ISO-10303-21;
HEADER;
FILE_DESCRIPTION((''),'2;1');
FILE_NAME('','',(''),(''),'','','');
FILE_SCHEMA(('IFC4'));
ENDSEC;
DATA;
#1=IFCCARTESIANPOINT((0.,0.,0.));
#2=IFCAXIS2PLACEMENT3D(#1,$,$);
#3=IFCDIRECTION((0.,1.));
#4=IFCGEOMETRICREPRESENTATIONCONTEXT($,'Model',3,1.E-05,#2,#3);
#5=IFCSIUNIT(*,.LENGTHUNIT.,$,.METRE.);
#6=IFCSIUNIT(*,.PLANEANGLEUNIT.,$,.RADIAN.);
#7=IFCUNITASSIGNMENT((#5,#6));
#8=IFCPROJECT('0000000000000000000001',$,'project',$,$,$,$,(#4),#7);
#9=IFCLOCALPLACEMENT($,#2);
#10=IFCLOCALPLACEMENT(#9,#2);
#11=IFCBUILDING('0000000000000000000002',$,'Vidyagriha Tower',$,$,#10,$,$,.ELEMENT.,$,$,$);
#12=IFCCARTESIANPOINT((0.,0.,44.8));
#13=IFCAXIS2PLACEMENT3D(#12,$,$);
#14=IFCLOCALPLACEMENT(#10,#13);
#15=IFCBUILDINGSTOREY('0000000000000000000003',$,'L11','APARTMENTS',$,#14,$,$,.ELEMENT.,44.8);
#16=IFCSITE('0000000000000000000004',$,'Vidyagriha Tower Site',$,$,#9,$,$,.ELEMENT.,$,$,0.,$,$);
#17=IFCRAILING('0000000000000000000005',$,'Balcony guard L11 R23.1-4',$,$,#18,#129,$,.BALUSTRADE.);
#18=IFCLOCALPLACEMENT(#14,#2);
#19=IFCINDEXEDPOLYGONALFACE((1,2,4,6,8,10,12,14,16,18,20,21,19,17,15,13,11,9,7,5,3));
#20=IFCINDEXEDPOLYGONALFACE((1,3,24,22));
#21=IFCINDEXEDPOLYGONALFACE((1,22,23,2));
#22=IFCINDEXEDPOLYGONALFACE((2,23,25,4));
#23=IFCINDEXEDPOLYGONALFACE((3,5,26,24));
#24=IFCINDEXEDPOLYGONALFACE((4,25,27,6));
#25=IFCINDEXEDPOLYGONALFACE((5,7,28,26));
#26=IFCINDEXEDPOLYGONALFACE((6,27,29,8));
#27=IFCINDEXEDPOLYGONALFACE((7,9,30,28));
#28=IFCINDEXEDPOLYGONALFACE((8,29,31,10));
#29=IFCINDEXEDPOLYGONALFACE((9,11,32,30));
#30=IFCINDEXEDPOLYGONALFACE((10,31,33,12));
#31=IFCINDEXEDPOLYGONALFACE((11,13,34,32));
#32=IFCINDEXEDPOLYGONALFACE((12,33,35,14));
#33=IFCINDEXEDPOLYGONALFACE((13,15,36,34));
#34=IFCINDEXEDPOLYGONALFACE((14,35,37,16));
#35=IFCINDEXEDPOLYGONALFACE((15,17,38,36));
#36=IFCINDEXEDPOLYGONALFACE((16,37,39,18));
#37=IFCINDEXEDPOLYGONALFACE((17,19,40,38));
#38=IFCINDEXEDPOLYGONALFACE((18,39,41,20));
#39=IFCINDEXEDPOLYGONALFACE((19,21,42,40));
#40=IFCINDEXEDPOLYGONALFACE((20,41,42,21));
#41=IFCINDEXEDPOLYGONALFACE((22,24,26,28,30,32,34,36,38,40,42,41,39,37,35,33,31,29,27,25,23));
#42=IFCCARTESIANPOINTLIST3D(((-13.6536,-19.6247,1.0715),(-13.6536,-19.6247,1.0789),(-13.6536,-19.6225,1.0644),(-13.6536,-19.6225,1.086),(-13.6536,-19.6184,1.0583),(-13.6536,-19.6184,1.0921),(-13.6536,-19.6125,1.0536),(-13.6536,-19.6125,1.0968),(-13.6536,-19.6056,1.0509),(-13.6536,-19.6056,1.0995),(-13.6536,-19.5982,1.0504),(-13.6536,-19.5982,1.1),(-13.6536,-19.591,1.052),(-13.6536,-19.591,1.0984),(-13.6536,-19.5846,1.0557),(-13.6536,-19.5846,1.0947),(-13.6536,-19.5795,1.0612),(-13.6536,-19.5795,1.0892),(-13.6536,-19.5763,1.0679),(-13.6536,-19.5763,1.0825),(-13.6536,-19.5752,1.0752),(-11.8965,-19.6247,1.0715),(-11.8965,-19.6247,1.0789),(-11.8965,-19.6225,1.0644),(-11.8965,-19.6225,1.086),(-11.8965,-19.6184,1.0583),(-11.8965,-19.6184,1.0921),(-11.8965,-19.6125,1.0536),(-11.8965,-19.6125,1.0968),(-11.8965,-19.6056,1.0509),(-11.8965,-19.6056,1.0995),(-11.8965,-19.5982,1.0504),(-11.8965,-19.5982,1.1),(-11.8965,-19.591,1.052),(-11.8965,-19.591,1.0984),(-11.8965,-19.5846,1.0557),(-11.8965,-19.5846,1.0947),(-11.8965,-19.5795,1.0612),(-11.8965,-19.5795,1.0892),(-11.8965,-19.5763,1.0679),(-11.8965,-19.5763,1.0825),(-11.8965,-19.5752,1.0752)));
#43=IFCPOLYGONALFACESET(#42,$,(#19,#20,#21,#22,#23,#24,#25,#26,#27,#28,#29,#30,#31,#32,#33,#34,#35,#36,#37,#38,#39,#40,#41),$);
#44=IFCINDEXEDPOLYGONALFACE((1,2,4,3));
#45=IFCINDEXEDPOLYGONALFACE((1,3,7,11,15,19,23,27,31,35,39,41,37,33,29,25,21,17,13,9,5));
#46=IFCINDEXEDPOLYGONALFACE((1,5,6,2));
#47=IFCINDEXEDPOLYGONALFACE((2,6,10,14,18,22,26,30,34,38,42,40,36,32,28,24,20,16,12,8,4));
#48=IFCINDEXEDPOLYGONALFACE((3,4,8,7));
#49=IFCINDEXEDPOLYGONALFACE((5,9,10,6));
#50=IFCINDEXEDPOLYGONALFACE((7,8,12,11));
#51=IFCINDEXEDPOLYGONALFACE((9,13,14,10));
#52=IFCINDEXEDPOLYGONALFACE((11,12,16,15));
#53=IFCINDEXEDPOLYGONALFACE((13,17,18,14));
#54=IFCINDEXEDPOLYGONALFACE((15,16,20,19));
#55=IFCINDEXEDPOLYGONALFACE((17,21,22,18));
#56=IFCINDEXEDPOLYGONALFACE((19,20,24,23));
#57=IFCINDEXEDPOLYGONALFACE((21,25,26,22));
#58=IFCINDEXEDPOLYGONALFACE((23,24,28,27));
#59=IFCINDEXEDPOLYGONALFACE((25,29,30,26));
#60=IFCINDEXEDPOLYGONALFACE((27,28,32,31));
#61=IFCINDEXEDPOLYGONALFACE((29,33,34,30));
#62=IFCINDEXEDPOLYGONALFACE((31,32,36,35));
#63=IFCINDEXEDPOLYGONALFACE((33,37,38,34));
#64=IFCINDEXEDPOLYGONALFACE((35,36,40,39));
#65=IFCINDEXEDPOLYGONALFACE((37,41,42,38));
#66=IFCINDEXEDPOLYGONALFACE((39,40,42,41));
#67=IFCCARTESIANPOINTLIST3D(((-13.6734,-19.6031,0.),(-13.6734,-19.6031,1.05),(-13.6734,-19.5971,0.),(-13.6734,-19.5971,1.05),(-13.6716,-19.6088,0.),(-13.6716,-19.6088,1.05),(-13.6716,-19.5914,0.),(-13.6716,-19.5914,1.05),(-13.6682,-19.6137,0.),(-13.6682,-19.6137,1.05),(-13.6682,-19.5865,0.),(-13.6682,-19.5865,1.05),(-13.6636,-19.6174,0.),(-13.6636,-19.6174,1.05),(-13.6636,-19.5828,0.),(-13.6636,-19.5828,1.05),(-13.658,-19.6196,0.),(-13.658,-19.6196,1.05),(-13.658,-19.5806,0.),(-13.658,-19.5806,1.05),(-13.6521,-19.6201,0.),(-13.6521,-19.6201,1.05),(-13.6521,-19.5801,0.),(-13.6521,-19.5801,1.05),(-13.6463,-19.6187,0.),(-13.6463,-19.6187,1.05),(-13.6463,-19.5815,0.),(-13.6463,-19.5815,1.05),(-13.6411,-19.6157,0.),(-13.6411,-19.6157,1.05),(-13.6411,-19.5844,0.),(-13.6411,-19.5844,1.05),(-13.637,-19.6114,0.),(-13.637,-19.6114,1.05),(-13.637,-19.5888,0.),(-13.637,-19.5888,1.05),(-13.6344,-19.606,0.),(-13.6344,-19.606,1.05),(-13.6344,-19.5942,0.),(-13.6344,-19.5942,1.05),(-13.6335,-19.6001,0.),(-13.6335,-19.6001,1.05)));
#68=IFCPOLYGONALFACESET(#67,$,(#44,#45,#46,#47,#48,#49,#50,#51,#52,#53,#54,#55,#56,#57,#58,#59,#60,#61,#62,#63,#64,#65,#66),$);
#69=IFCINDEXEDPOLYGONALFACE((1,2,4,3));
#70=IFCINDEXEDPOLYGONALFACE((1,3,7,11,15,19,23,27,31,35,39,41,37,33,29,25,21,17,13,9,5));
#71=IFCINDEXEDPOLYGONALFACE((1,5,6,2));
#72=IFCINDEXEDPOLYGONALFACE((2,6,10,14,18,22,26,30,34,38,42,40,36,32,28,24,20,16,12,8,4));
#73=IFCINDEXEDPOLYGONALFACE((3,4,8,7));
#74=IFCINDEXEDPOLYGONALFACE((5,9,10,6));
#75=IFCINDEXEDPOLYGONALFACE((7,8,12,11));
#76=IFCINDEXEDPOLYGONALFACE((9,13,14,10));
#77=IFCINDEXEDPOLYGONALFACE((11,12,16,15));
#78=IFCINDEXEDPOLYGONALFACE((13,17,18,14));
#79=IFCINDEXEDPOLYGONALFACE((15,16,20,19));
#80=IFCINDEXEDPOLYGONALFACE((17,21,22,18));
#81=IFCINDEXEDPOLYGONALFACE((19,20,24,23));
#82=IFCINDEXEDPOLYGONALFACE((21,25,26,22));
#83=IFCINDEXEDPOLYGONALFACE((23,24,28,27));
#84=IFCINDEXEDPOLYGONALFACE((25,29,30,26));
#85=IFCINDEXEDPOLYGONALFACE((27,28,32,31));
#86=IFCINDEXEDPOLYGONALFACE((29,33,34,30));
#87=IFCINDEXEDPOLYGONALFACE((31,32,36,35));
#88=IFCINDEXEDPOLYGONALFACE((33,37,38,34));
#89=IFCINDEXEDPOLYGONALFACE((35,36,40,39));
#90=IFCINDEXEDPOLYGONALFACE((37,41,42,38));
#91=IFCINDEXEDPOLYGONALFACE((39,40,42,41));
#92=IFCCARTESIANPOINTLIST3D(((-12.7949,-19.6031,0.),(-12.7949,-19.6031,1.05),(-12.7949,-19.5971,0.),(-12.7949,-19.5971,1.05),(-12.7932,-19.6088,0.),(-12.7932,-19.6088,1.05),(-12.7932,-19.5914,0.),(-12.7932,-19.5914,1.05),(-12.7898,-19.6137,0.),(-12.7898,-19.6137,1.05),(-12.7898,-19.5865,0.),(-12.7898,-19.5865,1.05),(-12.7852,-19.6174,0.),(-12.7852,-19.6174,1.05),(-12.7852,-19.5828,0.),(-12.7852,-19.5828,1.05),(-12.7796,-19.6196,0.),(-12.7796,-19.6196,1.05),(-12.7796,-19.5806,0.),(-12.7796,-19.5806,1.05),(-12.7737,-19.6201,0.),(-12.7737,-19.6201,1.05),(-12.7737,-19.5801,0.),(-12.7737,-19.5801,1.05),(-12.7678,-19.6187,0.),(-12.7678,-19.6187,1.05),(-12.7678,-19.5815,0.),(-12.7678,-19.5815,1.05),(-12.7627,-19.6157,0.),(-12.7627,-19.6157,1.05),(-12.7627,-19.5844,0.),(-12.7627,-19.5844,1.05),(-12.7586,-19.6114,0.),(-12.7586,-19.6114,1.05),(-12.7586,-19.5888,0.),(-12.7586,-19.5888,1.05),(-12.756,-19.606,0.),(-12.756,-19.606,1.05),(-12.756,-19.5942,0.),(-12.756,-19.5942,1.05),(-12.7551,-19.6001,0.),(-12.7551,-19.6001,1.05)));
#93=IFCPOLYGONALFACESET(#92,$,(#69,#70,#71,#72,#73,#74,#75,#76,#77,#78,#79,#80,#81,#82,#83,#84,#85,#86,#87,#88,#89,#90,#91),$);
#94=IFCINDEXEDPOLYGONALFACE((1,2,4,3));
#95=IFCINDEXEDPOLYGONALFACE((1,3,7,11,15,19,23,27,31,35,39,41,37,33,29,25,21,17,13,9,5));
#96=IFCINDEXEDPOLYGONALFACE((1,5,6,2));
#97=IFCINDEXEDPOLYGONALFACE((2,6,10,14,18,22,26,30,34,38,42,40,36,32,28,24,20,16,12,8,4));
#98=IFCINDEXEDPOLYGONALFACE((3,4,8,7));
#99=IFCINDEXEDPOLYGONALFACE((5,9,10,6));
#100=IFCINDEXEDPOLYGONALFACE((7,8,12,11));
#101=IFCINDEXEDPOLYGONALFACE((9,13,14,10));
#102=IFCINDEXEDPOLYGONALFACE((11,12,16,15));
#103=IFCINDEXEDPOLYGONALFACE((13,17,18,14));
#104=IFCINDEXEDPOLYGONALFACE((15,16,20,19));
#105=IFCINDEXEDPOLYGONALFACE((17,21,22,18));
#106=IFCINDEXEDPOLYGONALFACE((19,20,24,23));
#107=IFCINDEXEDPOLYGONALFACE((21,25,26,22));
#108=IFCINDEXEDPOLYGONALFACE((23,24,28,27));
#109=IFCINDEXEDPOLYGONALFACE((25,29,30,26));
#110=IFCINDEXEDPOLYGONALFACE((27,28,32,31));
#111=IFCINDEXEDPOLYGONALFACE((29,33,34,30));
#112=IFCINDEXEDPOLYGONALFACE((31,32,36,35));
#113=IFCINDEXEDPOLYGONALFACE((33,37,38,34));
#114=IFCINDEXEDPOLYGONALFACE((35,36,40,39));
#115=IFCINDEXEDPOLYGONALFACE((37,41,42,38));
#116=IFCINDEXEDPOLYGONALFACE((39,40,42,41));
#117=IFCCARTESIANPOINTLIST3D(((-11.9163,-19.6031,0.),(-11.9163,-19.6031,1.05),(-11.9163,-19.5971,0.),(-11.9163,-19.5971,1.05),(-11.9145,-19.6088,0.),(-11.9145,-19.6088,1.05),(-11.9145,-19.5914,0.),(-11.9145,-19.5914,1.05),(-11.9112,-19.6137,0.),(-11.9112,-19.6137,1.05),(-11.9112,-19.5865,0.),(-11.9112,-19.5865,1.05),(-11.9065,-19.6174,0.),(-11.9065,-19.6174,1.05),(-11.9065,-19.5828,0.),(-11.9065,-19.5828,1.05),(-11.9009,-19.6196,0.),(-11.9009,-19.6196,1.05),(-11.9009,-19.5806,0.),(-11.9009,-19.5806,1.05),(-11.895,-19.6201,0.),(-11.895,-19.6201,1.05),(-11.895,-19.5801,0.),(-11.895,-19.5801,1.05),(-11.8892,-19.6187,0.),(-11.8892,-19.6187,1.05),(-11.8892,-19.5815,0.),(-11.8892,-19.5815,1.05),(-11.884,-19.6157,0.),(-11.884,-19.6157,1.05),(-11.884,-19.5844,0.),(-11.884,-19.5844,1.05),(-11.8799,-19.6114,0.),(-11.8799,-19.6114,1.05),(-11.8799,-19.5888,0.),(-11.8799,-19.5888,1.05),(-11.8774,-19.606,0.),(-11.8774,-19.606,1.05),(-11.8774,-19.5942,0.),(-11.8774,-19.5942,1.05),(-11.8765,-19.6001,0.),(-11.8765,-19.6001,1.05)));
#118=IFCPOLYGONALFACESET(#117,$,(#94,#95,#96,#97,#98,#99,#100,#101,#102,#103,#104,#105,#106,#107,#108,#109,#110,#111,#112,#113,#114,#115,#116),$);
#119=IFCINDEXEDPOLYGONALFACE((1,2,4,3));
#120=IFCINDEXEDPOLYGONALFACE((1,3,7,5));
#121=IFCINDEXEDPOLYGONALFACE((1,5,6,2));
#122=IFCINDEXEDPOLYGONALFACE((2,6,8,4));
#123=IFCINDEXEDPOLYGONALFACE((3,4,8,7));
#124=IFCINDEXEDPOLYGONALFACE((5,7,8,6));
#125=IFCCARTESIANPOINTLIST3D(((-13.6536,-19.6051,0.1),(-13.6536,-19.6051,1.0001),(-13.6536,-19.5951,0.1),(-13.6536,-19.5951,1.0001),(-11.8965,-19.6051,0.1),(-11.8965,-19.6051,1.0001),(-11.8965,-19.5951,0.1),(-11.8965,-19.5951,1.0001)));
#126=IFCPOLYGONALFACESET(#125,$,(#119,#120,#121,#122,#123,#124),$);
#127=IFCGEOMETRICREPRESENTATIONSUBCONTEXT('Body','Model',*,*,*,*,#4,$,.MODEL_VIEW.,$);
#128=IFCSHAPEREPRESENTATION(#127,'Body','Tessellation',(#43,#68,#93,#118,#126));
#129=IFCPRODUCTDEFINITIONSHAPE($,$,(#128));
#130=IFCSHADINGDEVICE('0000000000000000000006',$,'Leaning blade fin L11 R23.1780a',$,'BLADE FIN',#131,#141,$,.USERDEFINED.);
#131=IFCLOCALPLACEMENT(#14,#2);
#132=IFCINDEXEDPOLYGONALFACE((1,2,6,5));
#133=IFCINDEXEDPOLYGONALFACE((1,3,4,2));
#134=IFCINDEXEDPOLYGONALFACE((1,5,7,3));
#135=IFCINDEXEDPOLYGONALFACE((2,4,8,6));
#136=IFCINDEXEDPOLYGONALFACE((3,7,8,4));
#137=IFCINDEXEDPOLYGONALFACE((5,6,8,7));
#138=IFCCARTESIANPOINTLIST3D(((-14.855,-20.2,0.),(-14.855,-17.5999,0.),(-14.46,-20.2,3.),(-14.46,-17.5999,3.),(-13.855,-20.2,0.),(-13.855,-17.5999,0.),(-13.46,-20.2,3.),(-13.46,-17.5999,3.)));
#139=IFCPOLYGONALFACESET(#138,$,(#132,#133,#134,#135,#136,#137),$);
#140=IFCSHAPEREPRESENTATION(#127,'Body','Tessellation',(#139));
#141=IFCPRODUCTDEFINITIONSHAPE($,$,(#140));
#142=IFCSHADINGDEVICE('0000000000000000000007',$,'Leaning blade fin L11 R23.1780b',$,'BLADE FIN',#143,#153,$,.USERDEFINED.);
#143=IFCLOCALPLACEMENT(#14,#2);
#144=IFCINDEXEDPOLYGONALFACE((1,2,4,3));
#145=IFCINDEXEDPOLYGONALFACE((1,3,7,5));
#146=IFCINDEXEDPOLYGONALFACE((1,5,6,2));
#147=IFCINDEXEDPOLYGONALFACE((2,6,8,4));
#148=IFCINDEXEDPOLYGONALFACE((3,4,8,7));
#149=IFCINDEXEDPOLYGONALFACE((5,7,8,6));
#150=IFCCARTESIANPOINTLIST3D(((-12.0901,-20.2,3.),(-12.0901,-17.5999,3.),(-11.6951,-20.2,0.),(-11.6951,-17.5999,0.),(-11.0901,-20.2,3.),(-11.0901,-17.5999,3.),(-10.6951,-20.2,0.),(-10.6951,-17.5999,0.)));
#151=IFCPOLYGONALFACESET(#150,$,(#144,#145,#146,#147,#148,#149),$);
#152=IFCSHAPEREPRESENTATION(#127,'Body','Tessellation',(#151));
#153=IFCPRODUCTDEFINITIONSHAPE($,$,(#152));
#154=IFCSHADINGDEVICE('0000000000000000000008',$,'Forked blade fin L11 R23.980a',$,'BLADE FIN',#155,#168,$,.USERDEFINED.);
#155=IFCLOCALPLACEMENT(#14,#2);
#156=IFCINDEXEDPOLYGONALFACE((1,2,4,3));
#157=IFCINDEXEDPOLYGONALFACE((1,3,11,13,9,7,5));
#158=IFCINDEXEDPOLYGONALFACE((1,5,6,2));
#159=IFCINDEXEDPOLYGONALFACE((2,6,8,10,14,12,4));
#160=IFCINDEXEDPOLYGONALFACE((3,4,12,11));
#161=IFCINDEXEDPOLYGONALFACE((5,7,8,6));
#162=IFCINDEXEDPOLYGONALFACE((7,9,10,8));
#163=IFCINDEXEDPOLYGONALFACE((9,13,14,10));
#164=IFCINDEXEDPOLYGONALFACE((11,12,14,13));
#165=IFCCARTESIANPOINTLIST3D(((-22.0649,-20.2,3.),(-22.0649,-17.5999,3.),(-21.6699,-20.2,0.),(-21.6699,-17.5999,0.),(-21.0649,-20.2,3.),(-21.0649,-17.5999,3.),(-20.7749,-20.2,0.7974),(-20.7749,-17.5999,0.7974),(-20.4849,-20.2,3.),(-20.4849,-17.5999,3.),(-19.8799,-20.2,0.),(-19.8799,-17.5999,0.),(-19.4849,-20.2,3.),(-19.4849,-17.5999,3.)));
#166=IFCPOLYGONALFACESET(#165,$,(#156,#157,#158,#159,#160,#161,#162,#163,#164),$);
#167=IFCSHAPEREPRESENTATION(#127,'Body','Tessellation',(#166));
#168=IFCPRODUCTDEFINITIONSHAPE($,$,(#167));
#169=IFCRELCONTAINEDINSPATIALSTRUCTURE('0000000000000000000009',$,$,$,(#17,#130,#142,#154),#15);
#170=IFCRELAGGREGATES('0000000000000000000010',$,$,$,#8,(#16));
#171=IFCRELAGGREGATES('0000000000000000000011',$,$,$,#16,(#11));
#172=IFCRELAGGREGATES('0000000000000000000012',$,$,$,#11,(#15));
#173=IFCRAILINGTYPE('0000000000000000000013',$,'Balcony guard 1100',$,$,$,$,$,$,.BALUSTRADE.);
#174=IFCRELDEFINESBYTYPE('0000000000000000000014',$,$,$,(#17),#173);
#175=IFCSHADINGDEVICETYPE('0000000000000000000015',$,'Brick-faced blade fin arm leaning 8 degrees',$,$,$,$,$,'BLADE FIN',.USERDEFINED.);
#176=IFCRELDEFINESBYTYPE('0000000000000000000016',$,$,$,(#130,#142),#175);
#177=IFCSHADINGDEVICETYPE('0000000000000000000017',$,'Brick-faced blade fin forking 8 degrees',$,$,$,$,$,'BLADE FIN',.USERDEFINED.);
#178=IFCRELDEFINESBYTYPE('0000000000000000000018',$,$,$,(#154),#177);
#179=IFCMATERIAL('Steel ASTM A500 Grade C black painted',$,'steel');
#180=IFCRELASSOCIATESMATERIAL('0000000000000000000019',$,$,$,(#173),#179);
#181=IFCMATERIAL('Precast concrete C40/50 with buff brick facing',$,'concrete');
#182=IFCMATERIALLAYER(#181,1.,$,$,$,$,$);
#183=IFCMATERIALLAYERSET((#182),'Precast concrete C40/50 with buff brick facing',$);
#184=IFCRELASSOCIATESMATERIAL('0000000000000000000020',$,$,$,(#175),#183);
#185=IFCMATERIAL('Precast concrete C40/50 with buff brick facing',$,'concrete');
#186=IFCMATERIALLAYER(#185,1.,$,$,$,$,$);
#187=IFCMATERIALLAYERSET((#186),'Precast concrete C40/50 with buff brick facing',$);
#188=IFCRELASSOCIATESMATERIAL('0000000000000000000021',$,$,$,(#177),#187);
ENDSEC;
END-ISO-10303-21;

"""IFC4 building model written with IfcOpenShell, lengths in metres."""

from ifc_helpers import new_model, si_unit, direction, frame, origin, origin_2d, place, context, subcontext, project, spatial, polyline, rectangle, circle, outline, extrude, material, layer, layer_set, type_object, element, save


model = new_model("IFC4")

# Units and contexts
model_context = context("Model", 3, precision=1e-05, world=origin(), true_north=direction((0.0, 1.0)))
body_context = subcontext(model_context, "Body", "Model", "MODEL_VIEW")
ifc_project = project(units=[si_unit("LENGTHUNIT", "METRE"), si_unit("PLANEANGLEUNIT", "RADIAN")], contexts=[model_context])

# Site, building, storey
site_placement = place(None, origin())
site = spatial("IfcSite", under=ifc_project, at=site_placement, Name="Vidyagriha Tower Site", CompositionType="ELEMENT", RefElevation=0.0)
building_placement = place(site_placement, origin())
building = spatial("IfcBuilding", under=site, at=building_placement, Name="Vidyagriha Tower", CompositionType="ELEMENT")
storey_placement = place(building_placement, frame((0.0, 0.0, 44.8)))
storey = spatial("IfcBuildingStorey", under=building, at=storey_placement, Name="L11", Description="APARTMENTS", CompositionType="ELEMENT", Elevation=44.8)

# Railing
ifc_material_1 = material(Name="Steel ASTM A500 Grade C black painted", Category="steel")
railing_type = type_object("IfcRailingType", Name="Balcony guard 1100", PredefinedType="BALUSTRADE", material=ifc_material_1)
railing_1_placement = place(storey_placement, frame((-13.6536, -19.6001, 0.0)))
element("IfcRailing", 1, at=railing_1_placement, inside=storey, type_object=railing_type, Name="Balcony guard L11 R23.1-4", PredefinedType="BALUSTRADE", context=body_context, shape_type="SweptSolid", body=[
    extrude(circle(Radius=0.0249, at=origin_2d()), frame((0.0, 0.0, 1.0752), z_axis=(1.0, 0.0, 0.0), x_axis=(0.0, 1.0, 0.0)), (0.0, 0.0, 1.0), 1.7571),
    extrude(circle(Radius=0.02, at=origin_2d()), origin(), (0.0, 0.0, 1.0), 1.05),
    extrude(circle(Radius=0.02, at=origin_2d()), frame((0.8784, 0.0, 0.0)), (0.0, 0.0, 1.0), 1.05),
    extrude(circle(Radius=0.02, at=origin_2d()), frame((1.7571, 0.0, 0.0)), (0.0, 0.0, 1.0), 1.05),
    extrude(rectangle(XDim=0.01, YDim=0.9001, at=origin_2d()), frame((0.0, 0.0, 0.55), z_axis=(1.0, 0.0, 0.0), x_axis=(0.0, 1.0, 0.0)), (0.0, 0.0, 1.0), 1.7571),
])

# Shading devices
ifc_material_2 = material(Name="Precast concrete C40/50 with buff brick facing", Category="concrete")
ifc_layer_1 = layer(ifc_material_2, 1.0)
ifc_layer_set_1 = layer_set([ifc_layer_1], Name="Precast concrete C40/50 with buff brick facing")
shading_device_type_1 = type_object("IfcShadingDeviceType", Name="Brick-faced blade fin arm leaning 8 degrees", ElementType="BLADE FIN", PredefinedType="USERDEFINED", material=ifc_layer_set_1)
shading_device_1_placement = place(storey_placement, frame((-14.855, -18.8999, 0.0)))
element("IfcShadingDevice", 2, at=shading_device_1_placement, inside=storey, type_object=shading_device_type_1, Name="Leaning blade fin L11 R23.1780a", ObjectType="BLADE FIN", PredefinedType="USERDEFINED", context=body_context, shape_type="SweptSolid", body=[
    extrude(outline(polyline([(0.0, 0.0), (1.0, 0.0), (1.395, 3.0), (0.395, 3.0), (0.0, 0.0)])), frame((0.0, 1.3, 0.0), z_axis=(0.0, -1.0, 0.0), x_axis=(1.0, 0.0, 0.0)), (0.0, 0.0, 1.0), 2.6001),
])
shading_device_2_placement = place(storey_placement, frame((-12.0901, -18.8999, 0.0)))
element("IfcShadingDevice", 3, at=shading_device_2_placement, inside=storey, type_object=shading_device_type_1, Name="Leaning blade fin L11 R23.1780b", ObjectType="BLADE FIN", PredefinedType="USERDEFINED", context=body_context, shape_type="SweptSolid", body=[
    extrude(outline(polyline([(0.395, 0.0), (1.395, 0.0), (1.0, 3.0), (0.0, 3.0), (0.395, 0.0)])), frame((0.0, 1.3, 0.0), z_axis=(0.0, -1.0, 0.0), x_axis=(1.0, 0.0, 0.0)), (0.0, 0.0, 1.0), 2.6001),
])
ifc_material_3 = material(Name="Precast concrete C40/50 with buff brick facing", Category="concrete")
ifc_layer_2 = layer(ifc_material_3, 1.0)
ifc_layer_set_2 = layer_set([ifc_layer_2], Name="Precast concrete C40/50 with buff brick facing")
shading_device_type_2 = type_object("IfcShadingDeviceType", Name="Brick-faced blade fin forking 8 degrees", ElementType="BLADE FIN", PredefinedType="USERDEFINED", material=ifc_layer_set_2)
shading_device_3_placement = place(storey_placement, frame((-22.0649, -18.8999, 0.0)))
element("IfcShadingDevice", 4, at=shading_device_3_placement, inside=storey, type_object=shading_device_type_2, Name="Forked blade fin L11 R23.980a", ObjectType="BLADE FIN", PredefinedType="USERDEFINED", context=body_context, shape_type="SweptSolid", body=[
    extrude(outline(polyline([(0.395, 0.0), (2.1851, 0.0), (2.5801, 3.0), (1.5801, 3.0), (1.29, 0.7974), (1.0, 3.0), (0.0, 3.0), (0.395, 0.0)])), frame((0.0, 1.3, 0.0), z_axis=(0.0, -1.0, 0.0), x_axis=(1.0, 0.0, 0.0)), (0.0, 0.0, 1.0), 2.6001),
])

save(model, "model.ifc")
